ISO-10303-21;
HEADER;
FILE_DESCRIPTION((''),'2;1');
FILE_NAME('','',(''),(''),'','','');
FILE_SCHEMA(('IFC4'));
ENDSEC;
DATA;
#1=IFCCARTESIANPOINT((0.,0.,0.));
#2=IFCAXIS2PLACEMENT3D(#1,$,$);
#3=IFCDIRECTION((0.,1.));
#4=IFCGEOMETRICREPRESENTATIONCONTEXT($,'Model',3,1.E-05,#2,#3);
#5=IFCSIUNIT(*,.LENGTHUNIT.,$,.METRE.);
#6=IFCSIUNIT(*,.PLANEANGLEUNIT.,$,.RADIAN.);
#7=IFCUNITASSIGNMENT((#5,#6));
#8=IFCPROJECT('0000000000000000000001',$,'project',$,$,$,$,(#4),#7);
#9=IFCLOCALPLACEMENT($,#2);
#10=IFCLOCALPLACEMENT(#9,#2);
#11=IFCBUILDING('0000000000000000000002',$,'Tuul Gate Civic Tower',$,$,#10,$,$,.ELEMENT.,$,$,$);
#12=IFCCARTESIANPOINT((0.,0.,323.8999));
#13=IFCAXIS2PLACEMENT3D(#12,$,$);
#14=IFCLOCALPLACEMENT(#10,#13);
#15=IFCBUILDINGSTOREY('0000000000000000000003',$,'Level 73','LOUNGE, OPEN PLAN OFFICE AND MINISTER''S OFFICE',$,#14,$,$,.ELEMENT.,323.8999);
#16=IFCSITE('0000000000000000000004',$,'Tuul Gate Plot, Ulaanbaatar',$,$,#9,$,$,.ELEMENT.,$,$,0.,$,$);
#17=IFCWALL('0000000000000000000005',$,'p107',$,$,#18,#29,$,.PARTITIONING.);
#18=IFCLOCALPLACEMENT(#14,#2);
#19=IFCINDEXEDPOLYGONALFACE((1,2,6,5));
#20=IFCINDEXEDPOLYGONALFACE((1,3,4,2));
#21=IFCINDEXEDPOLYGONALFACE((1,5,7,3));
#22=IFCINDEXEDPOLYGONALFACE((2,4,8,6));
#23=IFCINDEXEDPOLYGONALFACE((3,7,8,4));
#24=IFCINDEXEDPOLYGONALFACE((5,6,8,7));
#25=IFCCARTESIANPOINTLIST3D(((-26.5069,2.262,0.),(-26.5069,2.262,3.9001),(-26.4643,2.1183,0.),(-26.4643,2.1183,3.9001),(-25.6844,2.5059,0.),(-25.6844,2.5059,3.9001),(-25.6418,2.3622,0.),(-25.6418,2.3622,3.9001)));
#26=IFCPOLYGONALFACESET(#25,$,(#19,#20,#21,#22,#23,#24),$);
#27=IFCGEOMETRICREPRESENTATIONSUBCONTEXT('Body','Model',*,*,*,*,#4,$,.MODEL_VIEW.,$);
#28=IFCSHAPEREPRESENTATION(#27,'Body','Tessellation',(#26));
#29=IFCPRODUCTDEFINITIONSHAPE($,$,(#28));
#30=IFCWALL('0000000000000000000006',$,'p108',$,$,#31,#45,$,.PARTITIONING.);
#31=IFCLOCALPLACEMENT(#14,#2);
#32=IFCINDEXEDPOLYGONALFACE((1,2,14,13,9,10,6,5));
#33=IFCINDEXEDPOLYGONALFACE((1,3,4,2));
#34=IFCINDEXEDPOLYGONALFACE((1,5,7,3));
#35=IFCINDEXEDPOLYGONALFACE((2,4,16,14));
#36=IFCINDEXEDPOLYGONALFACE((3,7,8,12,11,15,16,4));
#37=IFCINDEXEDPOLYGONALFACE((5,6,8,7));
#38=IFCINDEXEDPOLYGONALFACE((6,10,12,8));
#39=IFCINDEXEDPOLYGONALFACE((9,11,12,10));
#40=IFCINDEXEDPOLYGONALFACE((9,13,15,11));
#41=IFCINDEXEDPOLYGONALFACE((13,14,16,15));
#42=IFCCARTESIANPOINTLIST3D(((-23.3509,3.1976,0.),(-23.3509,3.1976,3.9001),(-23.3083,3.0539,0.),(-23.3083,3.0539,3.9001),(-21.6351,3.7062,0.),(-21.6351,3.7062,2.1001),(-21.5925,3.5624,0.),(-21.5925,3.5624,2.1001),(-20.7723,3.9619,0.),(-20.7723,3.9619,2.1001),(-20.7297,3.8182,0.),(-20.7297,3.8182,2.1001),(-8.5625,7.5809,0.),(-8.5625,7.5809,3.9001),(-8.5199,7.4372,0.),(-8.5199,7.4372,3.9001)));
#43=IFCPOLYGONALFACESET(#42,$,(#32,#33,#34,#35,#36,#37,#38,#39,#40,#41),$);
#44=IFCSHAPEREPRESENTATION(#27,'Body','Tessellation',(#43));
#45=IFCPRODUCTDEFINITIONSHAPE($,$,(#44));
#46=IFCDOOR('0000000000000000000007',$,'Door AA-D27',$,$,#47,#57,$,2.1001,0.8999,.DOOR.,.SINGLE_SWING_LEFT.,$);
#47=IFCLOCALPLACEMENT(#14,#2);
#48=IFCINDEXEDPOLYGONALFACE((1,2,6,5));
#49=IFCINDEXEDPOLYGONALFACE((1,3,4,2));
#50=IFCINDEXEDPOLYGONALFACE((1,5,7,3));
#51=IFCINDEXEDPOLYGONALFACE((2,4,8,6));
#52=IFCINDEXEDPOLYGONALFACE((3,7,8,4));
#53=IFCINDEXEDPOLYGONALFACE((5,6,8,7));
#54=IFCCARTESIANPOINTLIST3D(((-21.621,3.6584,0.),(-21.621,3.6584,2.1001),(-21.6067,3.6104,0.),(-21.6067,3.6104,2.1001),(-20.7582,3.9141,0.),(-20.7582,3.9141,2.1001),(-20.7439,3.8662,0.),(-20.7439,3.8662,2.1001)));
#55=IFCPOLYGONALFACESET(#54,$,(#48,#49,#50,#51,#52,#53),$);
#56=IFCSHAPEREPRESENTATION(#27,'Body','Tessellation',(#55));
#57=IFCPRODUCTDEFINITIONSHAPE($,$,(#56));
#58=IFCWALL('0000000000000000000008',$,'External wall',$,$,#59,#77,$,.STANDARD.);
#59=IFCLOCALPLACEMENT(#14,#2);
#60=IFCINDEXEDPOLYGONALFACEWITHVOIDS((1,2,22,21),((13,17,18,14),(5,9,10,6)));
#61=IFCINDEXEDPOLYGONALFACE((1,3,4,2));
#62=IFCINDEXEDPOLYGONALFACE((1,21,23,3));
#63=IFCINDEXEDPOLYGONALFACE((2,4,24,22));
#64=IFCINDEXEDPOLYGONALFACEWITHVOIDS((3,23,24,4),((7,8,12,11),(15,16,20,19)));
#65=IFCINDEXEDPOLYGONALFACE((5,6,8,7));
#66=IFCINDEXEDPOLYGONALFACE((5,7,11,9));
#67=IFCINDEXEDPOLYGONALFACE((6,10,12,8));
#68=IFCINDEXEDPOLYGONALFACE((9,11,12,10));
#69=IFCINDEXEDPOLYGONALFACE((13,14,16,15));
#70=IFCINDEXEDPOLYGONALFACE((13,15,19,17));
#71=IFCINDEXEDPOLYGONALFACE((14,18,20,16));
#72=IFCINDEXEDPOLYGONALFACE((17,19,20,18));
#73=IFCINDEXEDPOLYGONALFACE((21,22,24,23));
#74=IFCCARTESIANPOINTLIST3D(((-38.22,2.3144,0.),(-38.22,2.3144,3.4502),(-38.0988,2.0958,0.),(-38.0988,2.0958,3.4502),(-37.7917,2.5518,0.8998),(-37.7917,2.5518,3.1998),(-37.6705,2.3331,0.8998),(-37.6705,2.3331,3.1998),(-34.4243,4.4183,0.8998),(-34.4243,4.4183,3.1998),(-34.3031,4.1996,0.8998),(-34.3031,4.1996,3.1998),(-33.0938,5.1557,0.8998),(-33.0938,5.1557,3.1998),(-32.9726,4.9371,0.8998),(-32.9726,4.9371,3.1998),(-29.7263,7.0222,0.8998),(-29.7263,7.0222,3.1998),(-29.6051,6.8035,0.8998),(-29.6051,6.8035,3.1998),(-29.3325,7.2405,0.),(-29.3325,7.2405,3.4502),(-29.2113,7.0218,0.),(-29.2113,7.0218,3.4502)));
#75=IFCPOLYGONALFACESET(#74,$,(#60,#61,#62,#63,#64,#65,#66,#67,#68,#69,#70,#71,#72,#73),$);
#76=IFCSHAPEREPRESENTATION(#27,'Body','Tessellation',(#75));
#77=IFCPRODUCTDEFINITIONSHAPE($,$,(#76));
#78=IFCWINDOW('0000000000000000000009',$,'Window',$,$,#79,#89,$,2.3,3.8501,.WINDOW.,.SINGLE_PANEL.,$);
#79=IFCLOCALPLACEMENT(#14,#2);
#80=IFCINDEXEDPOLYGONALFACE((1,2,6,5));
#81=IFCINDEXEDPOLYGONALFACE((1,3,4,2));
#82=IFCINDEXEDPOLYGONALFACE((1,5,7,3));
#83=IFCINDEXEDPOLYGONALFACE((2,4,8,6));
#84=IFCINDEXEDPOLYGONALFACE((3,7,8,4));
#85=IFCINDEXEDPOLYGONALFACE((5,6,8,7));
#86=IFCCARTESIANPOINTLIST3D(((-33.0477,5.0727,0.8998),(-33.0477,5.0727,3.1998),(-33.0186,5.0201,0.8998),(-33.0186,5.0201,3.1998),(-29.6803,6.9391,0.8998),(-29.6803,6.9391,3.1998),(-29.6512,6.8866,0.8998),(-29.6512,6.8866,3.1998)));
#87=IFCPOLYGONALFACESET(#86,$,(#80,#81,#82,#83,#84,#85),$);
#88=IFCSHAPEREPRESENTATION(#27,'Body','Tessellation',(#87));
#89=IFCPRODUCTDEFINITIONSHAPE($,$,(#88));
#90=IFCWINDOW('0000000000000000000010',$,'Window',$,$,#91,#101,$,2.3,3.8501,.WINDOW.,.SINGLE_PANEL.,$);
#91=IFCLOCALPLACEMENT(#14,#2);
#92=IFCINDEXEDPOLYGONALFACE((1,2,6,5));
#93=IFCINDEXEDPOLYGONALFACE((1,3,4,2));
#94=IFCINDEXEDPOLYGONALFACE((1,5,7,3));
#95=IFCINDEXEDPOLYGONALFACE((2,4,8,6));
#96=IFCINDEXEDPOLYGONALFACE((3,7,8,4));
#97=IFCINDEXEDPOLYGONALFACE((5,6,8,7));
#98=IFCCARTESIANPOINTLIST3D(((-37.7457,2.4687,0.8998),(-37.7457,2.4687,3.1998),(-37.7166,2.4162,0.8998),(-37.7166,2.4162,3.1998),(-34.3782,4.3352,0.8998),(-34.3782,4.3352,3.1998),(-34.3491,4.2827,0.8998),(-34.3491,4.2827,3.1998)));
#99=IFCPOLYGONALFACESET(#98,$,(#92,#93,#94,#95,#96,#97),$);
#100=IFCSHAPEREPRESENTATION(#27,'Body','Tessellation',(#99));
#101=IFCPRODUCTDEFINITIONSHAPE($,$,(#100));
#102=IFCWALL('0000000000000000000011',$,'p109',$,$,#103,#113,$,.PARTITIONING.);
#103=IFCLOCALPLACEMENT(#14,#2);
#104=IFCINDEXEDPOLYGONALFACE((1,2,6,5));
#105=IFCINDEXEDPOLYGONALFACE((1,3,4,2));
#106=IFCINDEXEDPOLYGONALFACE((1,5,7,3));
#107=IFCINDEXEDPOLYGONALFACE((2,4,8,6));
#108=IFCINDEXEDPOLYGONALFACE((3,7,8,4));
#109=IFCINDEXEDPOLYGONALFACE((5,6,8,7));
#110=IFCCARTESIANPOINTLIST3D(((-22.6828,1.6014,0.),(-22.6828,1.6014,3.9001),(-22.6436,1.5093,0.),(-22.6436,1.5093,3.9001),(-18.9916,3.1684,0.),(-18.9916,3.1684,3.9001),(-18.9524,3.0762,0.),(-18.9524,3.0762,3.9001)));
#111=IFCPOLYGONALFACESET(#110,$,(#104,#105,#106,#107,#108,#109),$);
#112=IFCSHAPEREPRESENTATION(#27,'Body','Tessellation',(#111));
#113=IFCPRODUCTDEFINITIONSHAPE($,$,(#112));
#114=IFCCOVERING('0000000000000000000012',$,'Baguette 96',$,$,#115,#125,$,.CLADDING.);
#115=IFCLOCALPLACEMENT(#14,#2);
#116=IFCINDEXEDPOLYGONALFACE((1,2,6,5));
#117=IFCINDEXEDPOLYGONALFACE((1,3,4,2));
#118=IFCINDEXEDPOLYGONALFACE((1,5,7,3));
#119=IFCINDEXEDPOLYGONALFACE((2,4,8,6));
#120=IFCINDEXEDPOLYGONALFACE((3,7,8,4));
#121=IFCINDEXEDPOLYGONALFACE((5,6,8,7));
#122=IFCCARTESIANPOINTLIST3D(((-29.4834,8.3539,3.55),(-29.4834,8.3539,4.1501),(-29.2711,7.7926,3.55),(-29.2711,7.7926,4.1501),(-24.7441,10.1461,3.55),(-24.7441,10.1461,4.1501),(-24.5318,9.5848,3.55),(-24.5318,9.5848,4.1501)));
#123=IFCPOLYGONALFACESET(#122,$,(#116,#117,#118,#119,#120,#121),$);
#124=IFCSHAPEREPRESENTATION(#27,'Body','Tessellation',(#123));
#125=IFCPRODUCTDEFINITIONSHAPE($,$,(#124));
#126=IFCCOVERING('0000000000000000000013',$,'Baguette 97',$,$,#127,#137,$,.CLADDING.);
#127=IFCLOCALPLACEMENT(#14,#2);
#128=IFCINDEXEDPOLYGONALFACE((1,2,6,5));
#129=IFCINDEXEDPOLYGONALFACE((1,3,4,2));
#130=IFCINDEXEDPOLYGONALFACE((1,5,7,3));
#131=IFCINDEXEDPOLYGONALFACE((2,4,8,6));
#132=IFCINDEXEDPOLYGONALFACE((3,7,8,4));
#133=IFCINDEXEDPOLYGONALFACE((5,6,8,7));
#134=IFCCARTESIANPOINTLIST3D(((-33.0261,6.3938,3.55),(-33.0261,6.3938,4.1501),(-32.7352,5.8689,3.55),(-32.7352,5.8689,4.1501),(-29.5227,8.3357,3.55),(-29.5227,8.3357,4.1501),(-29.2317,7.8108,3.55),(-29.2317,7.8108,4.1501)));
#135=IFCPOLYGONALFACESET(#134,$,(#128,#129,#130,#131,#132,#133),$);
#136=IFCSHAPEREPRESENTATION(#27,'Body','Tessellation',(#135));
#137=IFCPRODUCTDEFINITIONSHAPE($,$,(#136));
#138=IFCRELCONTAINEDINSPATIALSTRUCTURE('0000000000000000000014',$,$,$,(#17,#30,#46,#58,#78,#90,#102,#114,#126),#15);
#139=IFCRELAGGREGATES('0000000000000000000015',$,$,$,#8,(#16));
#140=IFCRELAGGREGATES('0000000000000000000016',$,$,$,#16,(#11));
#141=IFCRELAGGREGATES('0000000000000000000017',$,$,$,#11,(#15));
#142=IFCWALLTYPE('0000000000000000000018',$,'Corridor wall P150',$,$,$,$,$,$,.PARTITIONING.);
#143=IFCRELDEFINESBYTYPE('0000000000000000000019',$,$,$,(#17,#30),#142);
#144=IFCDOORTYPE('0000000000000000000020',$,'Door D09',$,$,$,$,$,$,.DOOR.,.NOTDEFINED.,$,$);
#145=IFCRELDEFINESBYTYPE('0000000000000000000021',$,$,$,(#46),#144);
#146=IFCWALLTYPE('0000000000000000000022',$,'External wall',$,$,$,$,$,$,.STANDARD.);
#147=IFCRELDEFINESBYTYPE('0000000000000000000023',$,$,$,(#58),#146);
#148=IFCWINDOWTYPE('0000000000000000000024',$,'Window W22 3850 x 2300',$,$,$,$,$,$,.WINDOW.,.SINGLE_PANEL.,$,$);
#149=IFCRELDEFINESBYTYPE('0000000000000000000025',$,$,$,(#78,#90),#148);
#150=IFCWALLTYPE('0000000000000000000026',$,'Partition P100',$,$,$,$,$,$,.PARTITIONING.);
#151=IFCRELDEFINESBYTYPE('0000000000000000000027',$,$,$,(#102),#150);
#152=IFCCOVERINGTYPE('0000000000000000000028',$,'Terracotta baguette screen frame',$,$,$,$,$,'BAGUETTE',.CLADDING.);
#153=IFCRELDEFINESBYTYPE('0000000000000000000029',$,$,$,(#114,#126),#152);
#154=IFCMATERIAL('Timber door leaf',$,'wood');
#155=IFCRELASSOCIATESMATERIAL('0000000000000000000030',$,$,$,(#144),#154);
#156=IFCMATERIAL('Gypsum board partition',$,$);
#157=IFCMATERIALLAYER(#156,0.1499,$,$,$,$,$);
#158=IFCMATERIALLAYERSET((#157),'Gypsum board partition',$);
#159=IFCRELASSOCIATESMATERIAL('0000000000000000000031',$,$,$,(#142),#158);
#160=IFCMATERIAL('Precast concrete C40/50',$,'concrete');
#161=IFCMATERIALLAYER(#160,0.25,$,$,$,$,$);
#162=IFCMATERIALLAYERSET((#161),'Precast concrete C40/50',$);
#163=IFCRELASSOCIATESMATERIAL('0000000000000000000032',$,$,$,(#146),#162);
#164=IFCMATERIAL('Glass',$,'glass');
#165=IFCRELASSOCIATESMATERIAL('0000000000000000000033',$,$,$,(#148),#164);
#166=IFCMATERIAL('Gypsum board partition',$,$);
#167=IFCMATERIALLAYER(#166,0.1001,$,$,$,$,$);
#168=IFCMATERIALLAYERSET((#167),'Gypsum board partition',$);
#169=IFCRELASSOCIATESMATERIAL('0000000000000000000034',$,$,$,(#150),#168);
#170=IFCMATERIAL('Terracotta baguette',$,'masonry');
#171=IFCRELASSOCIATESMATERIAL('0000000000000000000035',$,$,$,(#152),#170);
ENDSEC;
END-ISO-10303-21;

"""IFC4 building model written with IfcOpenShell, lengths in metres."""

from ifc_helpers import new_model, si_unit, direction, frame, frame_2d, origin, origin_2d, place, context, subcontext, project, spatial, rectangle, extrude, material, layer, layer_set, material_profile, profile_set, type_object, element, fill, save


model = new_model("IFC4")

# Units and contexts
model_context = context("Model", 3, precision=1e-05, world=origin(), true_north=direction((0.0, 1.0)))
body_context = subcontext(model_context, "Body", "Model", "MODEL_VIEW")
ifc_project = project(units=[si_unit("LENGTHUNIT", "METRE"), si_unit("PLANEANGLEUNIT", "RADIAN")], contexts=[model_context])

# Site, building, storey
site_placement = place(None, origin())
site = spatial("IfcSite", under=ifc_project, at=site_placement, Name="Tuul Gate Plot, Ulaanbaatar", CompositionType="ELEMENT", RefElevation=0.0)
building_placement = place(site_placement, origin())
building = spatial("IfcBuilding", under=site, at=building_placement, Name="Tuul Gate Civic Tower", CompositionType="ELEMENT")
storey_placement = place(building_placement, frame((0.0, 0.0, 323.8999)))
storey = spatial("IfcBuildingStorey", under=building, at=storey_placement, Name="Level 73", Description="LOUNGE, OPEN PLAN OFFICE AND MINISTER'S OFFICE", CompositionType="ELEMENT", Elevation=323.8999)

# Shared definitions
ifc_material_1 = material(Name="Timber door leaf", Category="wood")
door_type_1 = type_object("IfcDoorType", Name="Door D09", OperationType="NOTDEFINED", PredefinedType="DOOR", material=ifc_material_1)
ifc_material_2 = material(Name="Gypsum board partition")
ifc_layer_1 = layer(ifc_material_2, 0.1499)
ifc_layer_set_1 = layer_set([ifc_layer_1], Name="Gypsum board partition")
wall_type_1 = type_object("IfcWallType", Name="Corridor wall P150", PredefinedType="PARTITIONING", material=ifc_layer_set_1)

# Wall
wall_1_placement = place(storey_placement, frame((-26.4856, 2.1902, 0.0), z_axis=(0.0, 0.0, 1.0), x_axis=(0.958738, 0.284292, 0.0)))
element("IfcWall", 1, at=wall_1_placement, inside=storey, type_object=wall_type_1, Name="p107", PredefinedType="PARTITIONING", context=body_context, shape_type="SweptSolid", body=[
    extrude(rectangle(XDim=0.8579, YDim=0.1499, at=frame_2d((0.429, 0.0))), origin(), (0.0, 0.0, 1.0), 3.9001),
])

# Wall, opening, door
wall_2_placement = place(storey_placement, frame((-23.3296, 3.1257, 0.0), z_axis=(0.0, 0.0, 1.0), x_axis=(0.95877, 0.284182, 0.0)))
wall_2 = element("IfcWall", 2, at=wall_2_placement, inside=storey, type_object=wall_type_1, Name="p108", PredefinedType="PARTITIONING", context=body_context, shape_type="SweptSolid", body=[
    extrude(rectangle(XDim=15.4243, YDim=0.1499, at=frame_2d((7.7122, 0.0))), origin(), (0.0, 0.0, 1.0), 3.9001),
])
opening_1_placement = place(wall_2_placement, frame((1.7896, 0.0, 0.0)))
opening_1 = element("IfcOpeningElement", 3, at=opening_1_placement, cuts=wall_2, PredefinedType="OPENING", context=body_context, shape_type="SweptSolid", body=[
    extrude(rectangle(XDim=0.8999, YDim=2.1001, at=frame_2d((0.45, 1.05))), frame((0.0, 0.085, 0.0), z_axis=(0.0, -1.0, 0.0), x_axis=(1.0, 0.0, 0.0)), (0.0, 0.0, 1.0), 0.1699),
])
door_1_placement = place(opening_1_placement, frame((0.8999, 0.0, 0.0), z_axis=(0.0, 0.0, 1.0), x_axis=(-1.0, 0.0, 0.0)))
door_1 = element("IfcDoor", 4, at=door_1_placement, inside=storey, type_object=door_type_1, Name="Door AA-D27", OperationType="SINGLE_SWING_LEFT", OverallHeight=2.1001, OverallWidth=0.8999, PredefinedType="DOOR", context=body_context, shape_type="SweptSolid", body=[
    extrude(rectangle(XDim=0.8999, YDim=2.1001, at=frame_2d((0.45, 1.05))), frame((0.0, 0.0249, 0.0), z_axis=(0.0, -1.0, 0.0), x_axis=(1.0, 0.0, 0.0)), (0.0, 0.0, 1.0), 0.05),
])
fill(opening_1, door_1)

# Wall, openings, windows
ifc_material_3 = material(Name="Precast concrete C40/50", Category="concrete")
ifc_layer_2 = layer(ifc_material_3, 0.25)
ifc_layer_set_2 = layer_set([ifc_layer_2], Name="Precast concrete C40/50")
wall_type_2 = type_object("IfcWallType", Name="External wall", PredefinedType="STANDARD", material=ifc_layer_set_2)
wall_3_placement = place(storey_placement, frame((-29.272, 7.1311, 0.0), z_axis=(0.0, 0.0, 1.0), x_axis=(-0.874635, -0.484782, 0.0)))
wall_3 = element("IfcWall", 5, at=wall_3_placement, inside=storey, type_object=wall_type_2, Name="External wall", PredefinedType="STANDARD", context=body_context, shape_type="SweptSolid", body=[
    extrude(rectangle(XDim=10.1614, YDim=0.25, at=frame_2d((5.0806, 0.0))), origin(), (0.0, 0.0, 1.0), 3.4502),
])
opening_2_placement = place(wall_3_placement, frame((0.4502, 0.0, 0.8999)))
opening_2 = element("IfcOpeningElement", 6, at=opening_2_placement, cuts=wall_3, PredefinedType="OPENING", context=body_context, shape_type="SweptSolid", body=[
    extrude(rectangle(XDim=3.8501, YDim=2.3, at=frame_2d((1.925, 1.1499))), frame((0.0, 0.135, 0.0), z_axis=(0.0, -1.0, 0.0), x_axis=(1.0, 0.0, 0.0)), (0.0, 0.0, 1.0), 0.27),
])
opening_3_placement = place(wall_3_placement, frame((5.8215, 0.0, 0.8999)))
opening_3 = element("IfcOpeningElement", 7, at=opening_3_placement, cuts=wall_3, PredefinedType="OPENING", context=body_context, shape_type="SweptSolid", body=[
    extrude(rectangle(XDim=3.8501, YDim=2.3, at=frame_2d((1.925, 1.1499))), frame((0.0, 0.135, 0.0), z_axis=(0.0, -1.0, 0.0), x_axis=(1.0, 0.0, 0.0)), (0.0, 0.0, 1.0), 0.27),
])
ifc_material_4 = material(Name="Glass", Category="glass")
window_type = type_object("IfcWindowType", Name="Window W22 3850 x 2300", PartitioningType="SINGLE_PANEL", PredefinedType="WINDOW", material=ifc_material_4)
window_1_placement = place(opening_2_placement, origin())
window_1 = element("IfcWindow", 8, at=window_1_placement, inside=storey, type_object=window_type, Name="Window", OverallHeight=2.3, OverallWidth=3.8501, PartitioningType="SINGLE_PANEL", PredefinedType="WINDOW", context=body_context, shape_type="SweptSolid", body=[
    extrude(rectangle(XDim=3.8501, YDim=2.3, at=frame_2d((1.925, 1.1499))), frame((0.0, 0.03, 0.0), z_axis=(0.0, -1.0, 0.0), x_axis=(1.0, 0.0, 0.0)), (0.0, 0.0, 1.0), 0.0601),
])
fill(opening_2, window_1)
window_2_placement = place(opening_3_placement, origin())
window_2 = element("IfcWindow", 9, at=window_2_placement, inside=storey, type_object=window_type, Name="Window", OverallHeight=2.3, OverallWidth=3.8501, PartitioningType="SINGLE_PANEL", PredefinedType="WINDOW", context=body_context, shape_type="SweptSolid", body=[
    extrude(rectangle(XDim=3.8501, YDim=2.3, at=frame_2d((1.925, 1.1499))), frame((0.0, 0.03, 0.0), z_axis=(0.0, -1.0, 0.0), x_axis=(1.0, 0.0, 0.0)), (0.0, 0.0, 1.0), 0.0601),
])
fill(opening_3, window_2)

# Wall
ifc_material_5 = material(Name="Gypsum board partition")
ifc_layer_3 = layer(ifc_material_5, 0.1001)
ifc_layer_set_3 = layer_set([ifc_layer_3], Name="Gypsum board partition")
wall_type_3 = type_object("IfcWallType", Name="Partition P100", PredefinedType="PARTITIONING", material=ifc_layer_set_3)
wall_4_placement = place(storey_placement, frame((-22.6631, 1.5554, 0.0), z_axis=(0.0, 0.0, 1.0), x_axis=(0.920497, 0.39075, 0.0)))
element("IfcWall", 10, at=wall_4_placement, inside=storey, type_object=wall_type_3, Name="p109", PredefinedType="PARTITIONING", context=body_context, shape_type="SweptSolid", body=[
    extrude(rectangle(XDim=4.01, YDim=0.1001, at=frame_2d((2.0049, 0.0))), origin(), (0.0, 0.0, 1.0), 3.9001),
])

# Coverings
ifc_material_6 = material(Name="Terracotta baguette", Category="masonry")
ifc_material_profile_1 = material_profile(ifc_material_6, rectangle(XDim=0.6001, YDim=0.6001, at=origin_2d()), Name="Terracotta baguette screen frame")
ifc_profile_set_1 = profile_set([ifc_material_profile_1], Name="Terracotta baguette")
covering_type = type_object("IfcCoveringType", Name="Terracotta baguette screen frame", ElementType="BAGUETTE", PredefinedType="CLADDING", material=ifc_profile_set_1)
covering_1_placement = place(storey_placement, frame((-24.6379, 9.8655, 3.8501), z_axis=(-0.935351, -0.35372, 0.0), x_axis=(0.35372, -0.935351, 0.0)))
element("IfcCovering", 11, at=covering_1_placement, inside=storey, type_object=covering_type, Name="Baguette 96", PredefinedType="CLADDING", context=body_context, shape_type="SweptSolid", body=[
    extrude(rectangle(XDim=0.6001, YDim=0.6001, at=origin_2d()), origin(), (0.0, 0.0, 1.0), 5.0669),
])
covering_2_placement = place(storey_placement, frame((-29.3772, 8.0732, 3.8501), z_axis=(-0.874628, -0.484794, 0.0), x_axis=(0.484794, -0.874628, 0.0)))
element("IfcCovering", 12, at=covering_2_placement, inside=storey, type_object=covering_type, Name="Baguette 97", PredefinedType="CLADDING", context=body_context, shape_type="SweptSolid", body=[
    extrude(rectangle(XDim=0.6001, YDim=0.6001, at=origin_2d()), origin(), (0.0, 0.0, 1.0), 4.0056),
])

save(model, "model.ifc")
